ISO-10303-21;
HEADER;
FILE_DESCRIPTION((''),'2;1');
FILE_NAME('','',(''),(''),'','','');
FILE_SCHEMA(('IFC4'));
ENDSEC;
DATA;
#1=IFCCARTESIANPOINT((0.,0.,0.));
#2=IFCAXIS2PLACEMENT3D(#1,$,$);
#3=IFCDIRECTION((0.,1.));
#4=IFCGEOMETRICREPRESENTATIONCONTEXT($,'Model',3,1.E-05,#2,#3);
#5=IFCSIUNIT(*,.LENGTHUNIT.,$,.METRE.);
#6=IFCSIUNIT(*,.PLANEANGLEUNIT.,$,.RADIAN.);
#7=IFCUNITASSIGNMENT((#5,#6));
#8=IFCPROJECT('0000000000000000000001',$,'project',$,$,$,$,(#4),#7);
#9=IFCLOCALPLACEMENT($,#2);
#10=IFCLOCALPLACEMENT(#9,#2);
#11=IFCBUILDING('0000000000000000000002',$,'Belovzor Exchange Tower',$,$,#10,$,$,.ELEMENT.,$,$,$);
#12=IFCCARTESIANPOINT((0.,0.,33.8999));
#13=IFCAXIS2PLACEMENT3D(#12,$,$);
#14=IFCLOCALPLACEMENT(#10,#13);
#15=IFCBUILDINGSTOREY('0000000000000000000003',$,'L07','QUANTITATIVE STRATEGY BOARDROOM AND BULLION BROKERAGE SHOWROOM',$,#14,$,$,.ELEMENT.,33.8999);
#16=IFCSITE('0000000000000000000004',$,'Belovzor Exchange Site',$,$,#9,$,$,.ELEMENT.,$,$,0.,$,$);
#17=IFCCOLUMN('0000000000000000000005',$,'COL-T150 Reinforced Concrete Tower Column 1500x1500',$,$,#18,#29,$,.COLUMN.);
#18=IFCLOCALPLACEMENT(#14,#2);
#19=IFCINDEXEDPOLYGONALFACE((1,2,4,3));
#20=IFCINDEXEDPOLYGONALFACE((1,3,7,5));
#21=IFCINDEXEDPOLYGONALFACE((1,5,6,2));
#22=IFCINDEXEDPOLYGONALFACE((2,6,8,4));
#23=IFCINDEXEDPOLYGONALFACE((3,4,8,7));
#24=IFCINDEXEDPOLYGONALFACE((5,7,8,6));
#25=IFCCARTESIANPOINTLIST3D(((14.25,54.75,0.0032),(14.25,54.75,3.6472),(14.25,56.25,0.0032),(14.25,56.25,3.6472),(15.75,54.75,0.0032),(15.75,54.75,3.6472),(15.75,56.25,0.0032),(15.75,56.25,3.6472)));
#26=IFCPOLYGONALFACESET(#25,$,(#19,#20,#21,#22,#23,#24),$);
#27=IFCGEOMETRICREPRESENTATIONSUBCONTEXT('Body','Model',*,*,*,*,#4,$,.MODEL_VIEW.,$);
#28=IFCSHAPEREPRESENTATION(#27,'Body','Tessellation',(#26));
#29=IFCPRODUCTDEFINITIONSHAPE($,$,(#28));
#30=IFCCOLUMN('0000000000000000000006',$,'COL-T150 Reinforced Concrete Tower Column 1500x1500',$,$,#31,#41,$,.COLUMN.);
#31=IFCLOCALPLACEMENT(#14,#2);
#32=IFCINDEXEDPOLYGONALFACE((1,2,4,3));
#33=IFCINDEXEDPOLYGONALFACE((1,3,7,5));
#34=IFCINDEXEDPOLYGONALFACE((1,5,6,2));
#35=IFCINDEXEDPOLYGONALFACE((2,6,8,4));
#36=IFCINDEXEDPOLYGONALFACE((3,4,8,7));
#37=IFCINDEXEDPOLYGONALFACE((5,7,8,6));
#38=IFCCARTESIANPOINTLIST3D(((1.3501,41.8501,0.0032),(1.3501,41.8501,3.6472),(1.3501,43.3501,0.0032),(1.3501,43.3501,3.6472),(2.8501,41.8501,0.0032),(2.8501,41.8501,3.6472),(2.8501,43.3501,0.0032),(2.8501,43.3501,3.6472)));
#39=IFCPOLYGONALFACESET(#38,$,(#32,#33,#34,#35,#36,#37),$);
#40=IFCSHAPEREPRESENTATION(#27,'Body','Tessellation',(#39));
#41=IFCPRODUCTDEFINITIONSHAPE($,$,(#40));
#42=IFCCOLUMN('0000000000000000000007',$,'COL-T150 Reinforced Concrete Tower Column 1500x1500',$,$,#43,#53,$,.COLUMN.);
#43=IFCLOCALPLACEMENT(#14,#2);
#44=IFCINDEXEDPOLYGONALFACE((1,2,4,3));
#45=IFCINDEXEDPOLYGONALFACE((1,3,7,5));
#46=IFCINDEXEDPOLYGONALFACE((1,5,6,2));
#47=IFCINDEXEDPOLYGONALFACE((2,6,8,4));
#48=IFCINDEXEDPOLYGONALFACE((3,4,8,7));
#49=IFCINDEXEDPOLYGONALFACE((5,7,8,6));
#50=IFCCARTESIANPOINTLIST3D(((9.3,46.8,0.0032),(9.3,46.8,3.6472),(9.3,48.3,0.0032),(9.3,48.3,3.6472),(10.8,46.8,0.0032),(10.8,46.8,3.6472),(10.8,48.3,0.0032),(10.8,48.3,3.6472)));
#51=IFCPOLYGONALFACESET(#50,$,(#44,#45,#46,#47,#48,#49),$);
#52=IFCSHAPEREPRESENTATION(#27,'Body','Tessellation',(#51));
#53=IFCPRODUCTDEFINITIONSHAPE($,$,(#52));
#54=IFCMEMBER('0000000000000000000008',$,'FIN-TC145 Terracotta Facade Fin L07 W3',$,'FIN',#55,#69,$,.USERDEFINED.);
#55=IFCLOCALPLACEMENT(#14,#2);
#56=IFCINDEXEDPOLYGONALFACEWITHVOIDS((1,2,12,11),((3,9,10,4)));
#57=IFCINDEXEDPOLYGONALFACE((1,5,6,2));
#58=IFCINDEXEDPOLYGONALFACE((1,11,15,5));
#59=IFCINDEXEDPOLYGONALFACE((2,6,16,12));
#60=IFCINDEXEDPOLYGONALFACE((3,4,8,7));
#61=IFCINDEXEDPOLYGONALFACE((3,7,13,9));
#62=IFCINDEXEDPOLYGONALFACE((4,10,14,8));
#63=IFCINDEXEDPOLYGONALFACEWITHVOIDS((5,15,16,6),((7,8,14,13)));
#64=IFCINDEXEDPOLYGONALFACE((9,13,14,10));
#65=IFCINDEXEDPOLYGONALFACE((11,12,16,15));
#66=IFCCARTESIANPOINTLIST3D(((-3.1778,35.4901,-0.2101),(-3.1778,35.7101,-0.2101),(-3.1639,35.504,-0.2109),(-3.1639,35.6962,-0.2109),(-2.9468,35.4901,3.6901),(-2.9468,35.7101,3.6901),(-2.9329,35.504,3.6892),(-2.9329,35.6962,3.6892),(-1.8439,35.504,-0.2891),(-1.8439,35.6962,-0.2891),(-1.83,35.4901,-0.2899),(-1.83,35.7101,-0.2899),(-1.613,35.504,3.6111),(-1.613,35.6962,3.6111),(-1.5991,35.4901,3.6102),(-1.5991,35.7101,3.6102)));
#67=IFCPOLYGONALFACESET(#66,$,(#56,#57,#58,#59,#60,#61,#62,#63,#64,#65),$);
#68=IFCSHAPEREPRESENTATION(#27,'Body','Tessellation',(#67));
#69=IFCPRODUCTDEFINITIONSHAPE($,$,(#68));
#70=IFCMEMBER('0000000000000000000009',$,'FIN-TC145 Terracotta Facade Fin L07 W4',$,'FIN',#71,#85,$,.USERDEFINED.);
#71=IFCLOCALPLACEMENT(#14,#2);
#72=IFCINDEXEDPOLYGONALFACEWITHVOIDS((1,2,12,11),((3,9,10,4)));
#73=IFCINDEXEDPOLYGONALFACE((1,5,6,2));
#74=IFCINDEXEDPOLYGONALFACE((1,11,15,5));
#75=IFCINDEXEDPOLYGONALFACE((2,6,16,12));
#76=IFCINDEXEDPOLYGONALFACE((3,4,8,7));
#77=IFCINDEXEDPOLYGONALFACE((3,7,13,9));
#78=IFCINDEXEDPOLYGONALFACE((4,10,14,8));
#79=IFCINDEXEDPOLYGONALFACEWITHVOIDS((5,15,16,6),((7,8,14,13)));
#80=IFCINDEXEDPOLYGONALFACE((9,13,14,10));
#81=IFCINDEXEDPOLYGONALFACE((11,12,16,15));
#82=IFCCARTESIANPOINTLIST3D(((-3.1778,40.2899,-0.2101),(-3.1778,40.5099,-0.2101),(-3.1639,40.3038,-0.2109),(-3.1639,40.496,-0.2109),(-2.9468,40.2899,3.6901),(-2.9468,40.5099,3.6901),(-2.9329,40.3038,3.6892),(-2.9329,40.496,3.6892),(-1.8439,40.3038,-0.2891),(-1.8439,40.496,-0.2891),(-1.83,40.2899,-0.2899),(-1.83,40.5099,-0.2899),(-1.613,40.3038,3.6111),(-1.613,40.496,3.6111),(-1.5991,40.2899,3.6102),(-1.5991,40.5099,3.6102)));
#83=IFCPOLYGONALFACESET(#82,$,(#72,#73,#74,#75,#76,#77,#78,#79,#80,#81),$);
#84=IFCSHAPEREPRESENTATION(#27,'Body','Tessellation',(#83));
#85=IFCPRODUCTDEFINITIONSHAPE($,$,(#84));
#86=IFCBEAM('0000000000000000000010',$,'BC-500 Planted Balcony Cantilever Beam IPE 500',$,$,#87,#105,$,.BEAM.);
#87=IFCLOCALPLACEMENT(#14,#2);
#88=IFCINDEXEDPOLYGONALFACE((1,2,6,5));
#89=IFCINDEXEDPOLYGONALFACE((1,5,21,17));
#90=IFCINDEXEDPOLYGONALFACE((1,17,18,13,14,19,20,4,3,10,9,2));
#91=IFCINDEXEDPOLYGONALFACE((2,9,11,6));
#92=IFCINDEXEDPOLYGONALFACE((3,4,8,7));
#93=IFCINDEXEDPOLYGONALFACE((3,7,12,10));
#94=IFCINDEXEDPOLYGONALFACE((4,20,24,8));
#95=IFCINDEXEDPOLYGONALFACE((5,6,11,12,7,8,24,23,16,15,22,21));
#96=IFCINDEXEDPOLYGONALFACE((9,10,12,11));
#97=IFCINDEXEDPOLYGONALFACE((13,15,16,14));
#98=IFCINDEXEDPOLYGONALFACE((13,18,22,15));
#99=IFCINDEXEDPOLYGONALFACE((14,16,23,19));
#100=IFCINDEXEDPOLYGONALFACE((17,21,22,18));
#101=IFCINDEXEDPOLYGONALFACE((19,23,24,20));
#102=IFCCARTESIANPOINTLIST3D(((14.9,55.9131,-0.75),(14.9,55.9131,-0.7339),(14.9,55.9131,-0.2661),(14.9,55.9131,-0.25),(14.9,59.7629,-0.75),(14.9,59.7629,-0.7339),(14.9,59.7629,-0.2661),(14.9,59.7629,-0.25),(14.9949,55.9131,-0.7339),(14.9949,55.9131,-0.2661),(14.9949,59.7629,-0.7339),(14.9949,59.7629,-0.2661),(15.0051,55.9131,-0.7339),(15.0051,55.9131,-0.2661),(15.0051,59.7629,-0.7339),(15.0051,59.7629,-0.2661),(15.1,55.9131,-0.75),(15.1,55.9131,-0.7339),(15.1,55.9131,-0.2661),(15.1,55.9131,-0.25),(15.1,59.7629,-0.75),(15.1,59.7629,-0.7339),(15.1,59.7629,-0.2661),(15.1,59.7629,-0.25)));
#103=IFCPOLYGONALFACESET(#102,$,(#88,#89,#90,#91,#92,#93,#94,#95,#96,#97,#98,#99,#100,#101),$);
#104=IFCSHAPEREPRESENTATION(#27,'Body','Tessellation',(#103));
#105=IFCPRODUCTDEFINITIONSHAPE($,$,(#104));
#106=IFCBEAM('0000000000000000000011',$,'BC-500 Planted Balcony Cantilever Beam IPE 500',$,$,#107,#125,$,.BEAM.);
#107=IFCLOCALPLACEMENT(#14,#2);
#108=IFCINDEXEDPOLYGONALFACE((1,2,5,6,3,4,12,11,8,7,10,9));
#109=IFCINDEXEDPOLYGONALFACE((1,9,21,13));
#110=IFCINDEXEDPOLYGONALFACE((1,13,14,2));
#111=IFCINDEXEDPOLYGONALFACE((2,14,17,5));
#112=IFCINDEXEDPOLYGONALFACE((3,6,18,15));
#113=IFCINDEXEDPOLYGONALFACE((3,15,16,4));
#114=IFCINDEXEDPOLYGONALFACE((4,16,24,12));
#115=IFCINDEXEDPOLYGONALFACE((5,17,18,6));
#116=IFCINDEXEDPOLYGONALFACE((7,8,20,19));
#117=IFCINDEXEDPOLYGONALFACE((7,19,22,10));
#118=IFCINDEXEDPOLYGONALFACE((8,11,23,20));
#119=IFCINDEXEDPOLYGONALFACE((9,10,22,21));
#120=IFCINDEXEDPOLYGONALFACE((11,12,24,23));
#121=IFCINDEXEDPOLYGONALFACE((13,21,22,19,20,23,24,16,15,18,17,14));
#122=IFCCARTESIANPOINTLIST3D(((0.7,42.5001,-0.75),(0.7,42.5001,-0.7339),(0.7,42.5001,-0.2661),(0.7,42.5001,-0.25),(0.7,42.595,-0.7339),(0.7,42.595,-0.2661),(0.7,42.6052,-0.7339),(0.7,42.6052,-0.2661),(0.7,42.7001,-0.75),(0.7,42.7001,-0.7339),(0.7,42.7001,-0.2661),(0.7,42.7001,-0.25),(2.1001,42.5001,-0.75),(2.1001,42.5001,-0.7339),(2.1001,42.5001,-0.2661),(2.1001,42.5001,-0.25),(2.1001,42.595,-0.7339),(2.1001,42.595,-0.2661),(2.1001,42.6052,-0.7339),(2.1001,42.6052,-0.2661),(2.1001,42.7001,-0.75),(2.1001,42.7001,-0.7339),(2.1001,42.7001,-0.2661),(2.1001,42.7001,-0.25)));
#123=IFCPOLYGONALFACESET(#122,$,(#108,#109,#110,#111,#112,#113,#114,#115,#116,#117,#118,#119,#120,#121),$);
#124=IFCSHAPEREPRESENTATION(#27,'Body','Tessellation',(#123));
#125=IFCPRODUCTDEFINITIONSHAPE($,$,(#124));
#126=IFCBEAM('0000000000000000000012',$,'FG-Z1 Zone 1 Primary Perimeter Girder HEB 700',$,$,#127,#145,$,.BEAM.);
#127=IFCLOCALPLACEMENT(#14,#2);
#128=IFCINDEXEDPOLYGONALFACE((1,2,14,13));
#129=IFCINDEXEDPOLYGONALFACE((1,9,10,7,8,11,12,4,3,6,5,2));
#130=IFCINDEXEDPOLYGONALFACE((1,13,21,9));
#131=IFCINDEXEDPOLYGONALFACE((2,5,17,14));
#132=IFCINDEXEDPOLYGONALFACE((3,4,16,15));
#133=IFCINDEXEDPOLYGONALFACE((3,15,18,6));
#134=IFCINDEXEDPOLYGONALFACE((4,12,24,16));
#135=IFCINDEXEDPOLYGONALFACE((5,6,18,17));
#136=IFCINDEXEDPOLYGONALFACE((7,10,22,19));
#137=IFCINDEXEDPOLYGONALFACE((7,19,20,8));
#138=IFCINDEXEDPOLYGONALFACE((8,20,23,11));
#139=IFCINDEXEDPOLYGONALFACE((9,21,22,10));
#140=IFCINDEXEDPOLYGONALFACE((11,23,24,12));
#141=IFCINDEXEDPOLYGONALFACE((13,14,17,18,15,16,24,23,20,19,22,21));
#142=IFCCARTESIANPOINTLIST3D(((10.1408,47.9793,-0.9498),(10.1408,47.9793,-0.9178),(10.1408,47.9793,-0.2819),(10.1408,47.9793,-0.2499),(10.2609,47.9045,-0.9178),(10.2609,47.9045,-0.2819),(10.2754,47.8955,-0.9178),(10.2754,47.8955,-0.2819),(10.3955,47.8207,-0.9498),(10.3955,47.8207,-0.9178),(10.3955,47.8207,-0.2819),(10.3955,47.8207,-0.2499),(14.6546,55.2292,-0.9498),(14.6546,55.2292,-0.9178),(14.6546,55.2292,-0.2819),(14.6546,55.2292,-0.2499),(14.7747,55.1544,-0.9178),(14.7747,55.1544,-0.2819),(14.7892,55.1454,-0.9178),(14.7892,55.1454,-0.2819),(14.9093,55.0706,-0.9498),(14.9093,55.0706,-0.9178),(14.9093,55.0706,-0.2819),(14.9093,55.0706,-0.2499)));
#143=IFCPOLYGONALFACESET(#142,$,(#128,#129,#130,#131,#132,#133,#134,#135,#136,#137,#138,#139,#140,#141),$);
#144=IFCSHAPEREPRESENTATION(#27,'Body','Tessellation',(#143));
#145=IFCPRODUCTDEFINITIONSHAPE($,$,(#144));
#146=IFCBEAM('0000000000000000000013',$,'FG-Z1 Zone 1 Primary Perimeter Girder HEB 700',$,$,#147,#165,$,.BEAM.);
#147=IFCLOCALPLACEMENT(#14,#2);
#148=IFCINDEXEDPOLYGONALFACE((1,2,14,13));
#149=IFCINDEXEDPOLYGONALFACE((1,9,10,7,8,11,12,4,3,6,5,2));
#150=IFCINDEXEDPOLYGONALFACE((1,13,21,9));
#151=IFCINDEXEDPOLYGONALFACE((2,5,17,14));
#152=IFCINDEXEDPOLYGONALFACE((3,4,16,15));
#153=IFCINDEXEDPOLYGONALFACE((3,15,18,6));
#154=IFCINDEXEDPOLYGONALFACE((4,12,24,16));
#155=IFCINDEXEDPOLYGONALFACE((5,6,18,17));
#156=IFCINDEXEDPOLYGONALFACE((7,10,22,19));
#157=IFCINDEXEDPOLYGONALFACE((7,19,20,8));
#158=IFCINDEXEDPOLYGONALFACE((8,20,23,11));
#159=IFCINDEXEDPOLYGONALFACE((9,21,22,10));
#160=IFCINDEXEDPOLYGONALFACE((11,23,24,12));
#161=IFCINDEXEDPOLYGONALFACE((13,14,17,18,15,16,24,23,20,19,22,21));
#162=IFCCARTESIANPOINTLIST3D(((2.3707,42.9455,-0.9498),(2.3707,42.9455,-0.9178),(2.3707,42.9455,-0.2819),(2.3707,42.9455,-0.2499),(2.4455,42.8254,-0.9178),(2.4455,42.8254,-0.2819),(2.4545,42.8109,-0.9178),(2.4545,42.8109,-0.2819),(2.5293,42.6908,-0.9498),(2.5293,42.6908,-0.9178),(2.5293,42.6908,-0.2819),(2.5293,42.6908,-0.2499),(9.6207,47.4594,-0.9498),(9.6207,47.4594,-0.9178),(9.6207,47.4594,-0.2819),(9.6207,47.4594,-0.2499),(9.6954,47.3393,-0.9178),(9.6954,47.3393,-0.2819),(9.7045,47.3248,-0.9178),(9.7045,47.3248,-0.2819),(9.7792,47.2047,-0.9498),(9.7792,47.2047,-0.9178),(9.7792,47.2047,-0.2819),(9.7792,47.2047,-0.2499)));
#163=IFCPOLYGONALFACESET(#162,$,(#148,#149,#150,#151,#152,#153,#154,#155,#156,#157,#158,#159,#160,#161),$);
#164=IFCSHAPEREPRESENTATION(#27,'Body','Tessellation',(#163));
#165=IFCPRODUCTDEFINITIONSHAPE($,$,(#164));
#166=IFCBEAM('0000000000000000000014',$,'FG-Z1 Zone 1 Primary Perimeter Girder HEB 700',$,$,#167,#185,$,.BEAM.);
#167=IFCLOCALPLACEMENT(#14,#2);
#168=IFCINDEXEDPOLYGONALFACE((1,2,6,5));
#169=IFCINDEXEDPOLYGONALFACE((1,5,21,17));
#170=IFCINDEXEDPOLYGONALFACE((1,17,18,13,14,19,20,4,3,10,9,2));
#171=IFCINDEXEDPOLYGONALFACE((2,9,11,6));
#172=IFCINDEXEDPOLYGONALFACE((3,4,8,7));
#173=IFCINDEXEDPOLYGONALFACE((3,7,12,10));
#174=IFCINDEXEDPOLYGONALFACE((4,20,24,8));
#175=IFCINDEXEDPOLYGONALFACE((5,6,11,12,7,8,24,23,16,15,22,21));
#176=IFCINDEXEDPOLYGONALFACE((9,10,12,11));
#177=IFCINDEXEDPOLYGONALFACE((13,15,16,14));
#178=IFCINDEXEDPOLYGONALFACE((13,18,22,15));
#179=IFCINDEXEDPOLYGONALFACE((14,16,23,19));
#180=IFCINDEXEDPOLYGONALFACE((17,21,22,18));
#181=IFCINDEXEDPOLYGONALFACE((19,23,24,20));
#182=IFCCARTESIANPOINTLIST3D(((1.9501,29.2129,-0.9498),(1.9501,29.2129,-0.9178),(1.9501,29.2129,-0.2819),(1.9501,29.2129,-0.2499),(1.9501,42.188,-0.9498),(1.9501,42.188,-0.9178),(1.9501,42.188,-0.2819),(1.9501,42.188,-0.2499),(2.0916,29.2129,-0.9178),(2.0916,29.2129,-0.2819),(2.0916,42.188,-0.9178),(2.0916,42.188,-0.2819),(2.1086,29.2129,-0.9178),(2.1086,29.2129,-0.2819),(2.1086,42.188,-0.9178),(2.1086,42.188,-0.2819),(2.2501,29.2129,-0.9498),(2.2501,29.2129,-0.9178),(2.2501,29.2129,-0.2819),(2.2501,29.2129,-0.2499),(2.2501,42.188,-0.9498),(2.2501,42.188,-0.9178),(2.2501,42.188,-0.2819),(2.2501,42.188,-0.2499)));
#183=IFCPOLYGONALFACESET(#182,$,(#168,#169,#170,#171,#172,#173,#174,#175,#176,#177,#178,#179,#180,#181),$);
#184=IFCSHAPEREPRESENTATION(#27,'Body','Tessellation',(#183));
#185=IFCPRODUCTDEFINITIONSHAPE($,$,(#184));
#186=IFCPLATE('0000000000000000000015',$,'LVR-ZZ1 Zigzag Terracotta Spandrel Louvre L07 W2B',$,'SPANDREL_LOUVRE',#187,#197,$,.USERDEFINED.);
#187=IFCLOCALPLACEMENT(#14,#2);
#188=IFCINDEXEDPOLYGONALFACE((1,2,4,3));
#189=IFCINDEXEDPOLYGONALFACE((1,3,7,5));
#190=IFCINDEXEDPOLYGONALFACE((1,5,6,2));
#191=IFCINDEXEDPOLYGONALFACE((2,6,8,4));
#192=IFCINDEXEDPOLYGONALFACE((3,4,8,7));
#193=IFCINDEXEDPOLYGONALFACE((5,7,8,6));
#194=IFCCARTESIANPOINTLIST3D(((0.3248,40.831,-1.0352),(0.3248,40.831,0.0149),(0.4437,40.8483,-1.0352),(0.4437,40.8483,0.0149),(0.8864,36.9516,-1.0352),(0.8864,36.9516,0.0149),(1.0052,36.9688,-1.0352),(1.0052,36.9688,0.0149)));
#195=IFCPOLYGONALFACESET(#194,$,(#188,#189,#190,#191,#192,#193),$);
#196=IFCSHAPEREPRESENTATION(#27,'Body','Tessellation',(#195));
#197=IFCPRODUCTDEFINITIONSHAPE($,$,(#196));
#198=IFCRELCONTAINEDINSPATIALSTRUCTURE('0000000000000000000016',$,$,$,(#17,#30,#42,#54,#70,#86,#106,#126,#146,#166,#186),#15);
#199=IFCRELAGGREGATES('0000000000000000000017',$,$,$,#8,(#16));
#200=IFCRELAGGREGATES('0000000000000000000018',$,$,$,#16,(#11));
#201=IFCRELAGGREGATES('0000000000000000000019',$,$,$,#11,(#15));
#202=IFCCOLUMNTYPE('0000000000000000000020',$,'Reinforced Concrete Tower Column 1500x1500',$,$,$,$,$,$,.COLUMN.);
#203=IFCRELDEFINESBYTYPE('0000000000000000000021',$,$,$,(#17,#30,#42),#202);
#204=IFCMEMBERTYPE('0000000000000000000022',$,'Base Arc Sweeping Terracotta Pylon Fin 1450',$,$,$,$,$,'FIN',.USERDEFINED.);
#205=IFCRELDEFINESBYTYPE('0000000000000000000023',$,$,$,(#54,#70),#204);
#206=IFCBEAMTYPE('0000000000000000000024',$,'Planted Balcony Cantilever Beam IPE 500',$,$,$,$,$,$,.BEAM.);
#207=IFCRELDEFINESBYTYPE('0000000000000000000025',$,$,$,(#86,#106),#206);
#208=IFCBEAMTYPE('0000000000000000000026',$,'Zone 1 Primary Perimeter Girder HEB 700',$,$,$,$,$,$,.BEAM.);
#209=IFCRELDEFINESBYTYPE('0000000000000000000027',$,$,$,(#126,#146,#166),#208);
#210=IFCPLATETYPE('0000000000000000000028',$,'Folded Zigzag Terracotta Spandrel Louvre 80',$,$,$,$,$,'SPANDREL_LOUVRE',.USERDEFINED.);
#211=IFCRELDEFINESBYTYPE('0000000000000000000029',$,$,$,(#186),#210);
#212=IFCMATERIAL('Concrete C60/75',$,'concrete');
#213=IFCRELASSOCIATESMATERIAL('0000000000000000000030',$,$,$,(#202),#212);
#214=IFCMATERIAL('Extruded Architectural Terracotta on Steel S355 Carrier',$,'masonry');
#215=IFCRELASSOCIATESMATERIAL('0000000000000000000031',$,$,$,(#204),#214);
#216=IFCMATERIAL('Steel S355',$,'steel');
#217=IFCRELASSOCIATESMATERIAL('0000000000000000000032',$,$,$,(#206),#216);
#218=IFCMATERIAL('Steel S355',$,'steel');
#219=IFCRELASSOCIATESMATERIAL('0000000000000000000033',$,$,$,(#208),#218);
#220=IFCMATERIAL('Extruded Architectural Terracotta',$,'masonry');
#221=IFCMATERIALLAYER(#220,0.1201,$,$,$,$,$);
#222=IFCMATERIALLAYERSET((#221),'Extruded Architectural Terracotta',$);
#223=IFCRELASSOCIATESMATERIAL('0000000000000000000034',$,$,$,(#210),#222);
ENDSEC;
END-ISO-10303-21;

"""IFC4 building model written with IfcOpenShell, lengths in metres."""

from ifc_helpers import new_model, si_unit, direction, frame, origin, origin_2d, place, context, subcontext, project, spatial, rectangle, hollow_rectangle, i_section, extrude, material, layer, layer_set, material_profile, profile_set, type_object, element, save


model = new_model("IFC4")

# Units and contexts
model_context = context("Model", 3, precision=1e-05, world=origin(), true_north=direction((0.0, 1.0)))
body_context = subcontext(model_context, "Body", "Model", "MODEL_VIEW")
ifc_project = project(units=[si_unit("LENGTHUNIT", "METRE"), si_unit("PLANEANGLEUNIT", "RADIAN")], contexts=[model_context])

# Site, building, storey
site_placement = place(None, origin())
site = spatial("IfcSite", under=ifc_project, at=site_placement, Name="Belovzor Exchange Site", CompositionType="ELEMENT", RefElevation=0.0)
building_placement = place(site_placement, origin())
building = spatial("IfcBuilding", under=site, at=building_placement, Name="Belovzor Exchange Tower", CompositionType="ELEMENT")
storey_placement = place(building_placement, frame((0.0, 0.0, 33.8999)))
storey = spatial("IfcBuildingStorey", under=building, at=storey_placement, Name="L07", Description="QUANTITATIVE STRATEGY BOARDROOM AND BULLION BROKERAGE SHOWROOM", CompositionType="ELEMENT", Elevation=33.8999)

# Columns
ifc_material_1 = material(Name="Concrete C60/75", Category="concrete")
ifc_material_profile_1 = material_profile(ifc_material_1, rectangle(XDim=1.5, YDim=1.5, at=origin_2d()))
ifc_profile_set_1 = profile_set([ifc_material_profile_1], Name="Concrete C60/75")
column_type = type_object("IfcColumnType", Name="Reinforced Concrete Tower Column 1500x1500", PredefinedType="COLUMN", material=ifc_profile_set_1)
for number, where, z_axis, x_axis, name in (
    (1, (15.0, 55.5, 0.0032), (0.0, 0.0, 1.0), (1.0, 0.0, 0.0), "COL-T150 Reinforced Concrete Tower Column 1500x1500"),
    (2, (2.1001, 42.6001, 0.0032), (0.0, 0.0, 1.0), (1.0, 0.0, 0.0), "COL-T150 Reinforced Concrete Tower Column 1500x1500"),
    (3, (10.05, 47.55, 0.0032), (0.0, 0.0, 1.0), (1.0, 0.0, 0.0), "COL-T150 Reinforced Concrete Tower Column 1500x1500"),
):
    element("IfcColumn", number, at=place(storey_placement, frame(where, z_axis=z_axis, x_axis=x_axis)), inside=storey, type_object=column_type, Name=name, PredefinedType="COLUMN", context=body_context, shape_type="SweptSolid", body=[
        extrude(rectangle(XDim=1.5, YDim=1.5, at=origin_2d()), origin(), (0.0, 0.0, 1.0), 3.644),
    ])

# Members
ifc_material_2 = material(Name="Extruded Architectural Terracotta on Steel S355 Carrier", Category="masonry")
ifc_material_profile_2 = material_profile(ifc_material_2, hollow_rectangle(XDim=0.22, YDim=1.3501, WallThickness=0.0139, at=origin_2d()))
ifc_profile_set_2 = profile_set([ifc_material_profile_2], Name="Extruded Architectural Terracotta on Steel S355 Carrier")
member_type = type_object("IfcMemberType", Name="Base Arc Sweeping Terracotta Pylon Fin 1450", ElementType="FIN", PredefinedType="USERDEFINED", material=ifc_profile_set_2)
for number, where, z_axis, x_axis, name in (
    (4, (-2.5039, 35.6001, -0.25), (0.059114, 0.0, 0.998251), (0.0, 1.0, 0.0), "FIN-TC145 Terracotta Facade Fin L07 W3"),
    (5, (-2.5039, 40.3999, -0.25), (0.059114, 0.0, 0.998251), (0.0, 1.0, 0.0), "FIN-TC145 Terracotta Facade Fin L07 W4"),
):
    element("IfcMember", number, at=place(storey_placement, frame(where, z_axis=z_axis, x_axis=x_axis)), inside=storey, type_object=member_type, Name=name, ObjectType="FIN", PredefinedType="USERDEFINED", context=body_context, shape_type="SweptSolid", body=[
        extrude(hollow_rectangle(XDim=0.22, YDim=1.3501, WallThickness=0.0139, at=origin_2d()), origin(), (0.0, 0.0, 1.0), 3.907),
    ])

# Beams
ifc_material_3 = material(Name="Steel S355", Category="steel")
ifc_material_profile_3 = material_profile(ifc_material_3, i_section(OverallWidth=0.2, OverallDepth=0.5, WebThickness=0.0103, FlangeThickness=0.0161, at=origin_2d()))
ifc_profile_set_3 = profile_set([ifc_material_profile_3], Name="Steel S355")
beam_type_1 = type_object("IfcBeamType", Name="Planted Balcony Cantilever Beam IPE 500", PredefinedType="BEAM", material=ifc_profile_set_3)
beam_1_placement = place(storey_placement, frame((15.0, 55.9131, -0.5), z_axis=(0.0, 1.0, 0.0), x_axis=(-1.0, 0.0, 0.0)))
element("IfcBeam", 6, at=beam_1_placement, inside=storey, type_object=beam_type_1, Name="BC-500 Planted Balcony Cantilever Beam IPE 500", PredefinedType="BEAM", context=body_context, shape_type="SweptSolid", body=[
    extrude(i_section(OverallWidth=0.2, OverallDepth=0.5, WebThickness=0.0103, FlangeThickness=0.0161, at=origin_2d()), origin(), (0.0, 0.0, 1.0), 3.8499),
])
beam_2_placement = place(storey_placement, frame((2.1001, 42.6001, -0.5), z_axis=(-1.0, 0.0, 0.0), x_axis=(0.0, -1.0, 0.0)))
element("IfcBeam", 7, at=beam_2_placement, inside=storey, type_object=beam_type_1, Name="BC-500 Planted Balcony Cantilever Beam IPE 500", PredefinedType="BEAM", context=body_context, shape_type="SweptSolid", body=[
    extrude(i_section(OverallWidth=0.2, OverallDepth=0.5, WebThickness=0.0103, FlangeThickness=0.0161, at=origin_2d()), origin(), (0.0, 0.0, 1.0), 1.4001),
])
ifc_material_4 = material(Name="Steel S355", Category="steel")
ifc_material_profile_4 = material_profile(ifc_material_4, i_section(OverallWidth=0.3, OverallDepth=0.7, WebThickness=0.0171, FlangeThickness=0.032, at=origin_2d()))
ifc_profile_set_4 = profile_set([ifc_material_profile_4], Name="Steel S355")
beam_type_2 = type_object("IfcBeamType", Name="Zone 1 Primary Perimeter Girder HEB 700", PredefinedType="BEAM", material=ifc_profile_set_4)
for number, where, z_axis, x_axis, name in (
    (8, (14.782, 55.1499, -0.5999), (-0.528539, -0.848909, 0.0), (0.848909, -0.528539, 0.0), "FG-Z1 Zone 1 Primary Perimeter Girder HEB 700"),
    (9, (9.7, 47.332, -0.5999), (-0.848909, -0.528539, 0.0), (0.528539, -0.848909, 0.0), "FG-Z1 Zone 1 Primary Perimeter Girder HEB 700"),
):
    element("IfcBeam", number, at=place(storey_placement, frame(where, z_axis=z_axis, x_axis=x_axis)), inside=storey, type_object=beam_type_2, Name=name, PredefinedType="BEAM", context=body_context, shape_type="SweptSolid", body=[
        extrude(i_section(OverallWidth=0.3, OverallDepth=0.7, WebThickness=0.0171, FlangeThickness=0.032, at=origin_2d()), origin(), (0.0, 0.0, 1.0), 8.5403),
    ])
beam_3_placement = place(storey_placement, frame((2.1001, 42.188, -0.5999), z_axis=(0.0, -1.0, 0.0), x_axis=(1.0, 0.0, 0.0)))
element("IfcBeam", 10, at=beam_3_placement, inside=storey, type_object=beam_type_2, Name="FG-Z1 Zone 1 Primary Perimeter Girder HEB 700", PredefinedType="BEAM", context=body_context, shape_type="SweptSolid", body=[
    extrude(i_section(OverallWidth=0.3, OverallDepth=0.7, WebThickness=0.0171, FlangeThickness=0.032, at=origin_2d()), origin(), (0.0, 0.0, 1.0), 12.9751),
])

# Plate
ifc_material_5 = material(Name="Extruded Architectural Terracotta", Category="masonry")
ifc_layer_1 = layer(ifc_material_5, 0.1201)
ifc_layer_set_1 = layer_set([ifc_layer_1], Name="Extruded Architectural Terracotta")
plate_type = type_object("IfcPlateType", Name="Folded Zigzag Terracotta Spandrel Louvre 80", ElementType="SPANDREL_LOUVRE", PredefinedType="USERDEFINED", material=ifc_layer_set_1)
plate_placement = place(storey_placement, frame((0.665, 38.8999, -1.0352), z_axis=(0.0, 0.0, 1.0), x_axis=(-0.143251, 0.989686, 0.0)))
element("IfcPlate", 11, at=plate_placement, inside=storey, type_object=plate_type, Name="LVR-ZZ1 Zigzag Terracotta Spandrel Louvre L07 W2B", ObjectType="SPANDREL_LOUVRE", PredefinedType="USERDEFINED", context=body_context, shape_type="SweptSolid", body=[
    extrude(rectangle(XDim=3.9199, YDim=0.1201, at=origin_2d()), origin(), (0.0, 0.0, 1.0), 1.05),
])

save(model, "model.ifc")
